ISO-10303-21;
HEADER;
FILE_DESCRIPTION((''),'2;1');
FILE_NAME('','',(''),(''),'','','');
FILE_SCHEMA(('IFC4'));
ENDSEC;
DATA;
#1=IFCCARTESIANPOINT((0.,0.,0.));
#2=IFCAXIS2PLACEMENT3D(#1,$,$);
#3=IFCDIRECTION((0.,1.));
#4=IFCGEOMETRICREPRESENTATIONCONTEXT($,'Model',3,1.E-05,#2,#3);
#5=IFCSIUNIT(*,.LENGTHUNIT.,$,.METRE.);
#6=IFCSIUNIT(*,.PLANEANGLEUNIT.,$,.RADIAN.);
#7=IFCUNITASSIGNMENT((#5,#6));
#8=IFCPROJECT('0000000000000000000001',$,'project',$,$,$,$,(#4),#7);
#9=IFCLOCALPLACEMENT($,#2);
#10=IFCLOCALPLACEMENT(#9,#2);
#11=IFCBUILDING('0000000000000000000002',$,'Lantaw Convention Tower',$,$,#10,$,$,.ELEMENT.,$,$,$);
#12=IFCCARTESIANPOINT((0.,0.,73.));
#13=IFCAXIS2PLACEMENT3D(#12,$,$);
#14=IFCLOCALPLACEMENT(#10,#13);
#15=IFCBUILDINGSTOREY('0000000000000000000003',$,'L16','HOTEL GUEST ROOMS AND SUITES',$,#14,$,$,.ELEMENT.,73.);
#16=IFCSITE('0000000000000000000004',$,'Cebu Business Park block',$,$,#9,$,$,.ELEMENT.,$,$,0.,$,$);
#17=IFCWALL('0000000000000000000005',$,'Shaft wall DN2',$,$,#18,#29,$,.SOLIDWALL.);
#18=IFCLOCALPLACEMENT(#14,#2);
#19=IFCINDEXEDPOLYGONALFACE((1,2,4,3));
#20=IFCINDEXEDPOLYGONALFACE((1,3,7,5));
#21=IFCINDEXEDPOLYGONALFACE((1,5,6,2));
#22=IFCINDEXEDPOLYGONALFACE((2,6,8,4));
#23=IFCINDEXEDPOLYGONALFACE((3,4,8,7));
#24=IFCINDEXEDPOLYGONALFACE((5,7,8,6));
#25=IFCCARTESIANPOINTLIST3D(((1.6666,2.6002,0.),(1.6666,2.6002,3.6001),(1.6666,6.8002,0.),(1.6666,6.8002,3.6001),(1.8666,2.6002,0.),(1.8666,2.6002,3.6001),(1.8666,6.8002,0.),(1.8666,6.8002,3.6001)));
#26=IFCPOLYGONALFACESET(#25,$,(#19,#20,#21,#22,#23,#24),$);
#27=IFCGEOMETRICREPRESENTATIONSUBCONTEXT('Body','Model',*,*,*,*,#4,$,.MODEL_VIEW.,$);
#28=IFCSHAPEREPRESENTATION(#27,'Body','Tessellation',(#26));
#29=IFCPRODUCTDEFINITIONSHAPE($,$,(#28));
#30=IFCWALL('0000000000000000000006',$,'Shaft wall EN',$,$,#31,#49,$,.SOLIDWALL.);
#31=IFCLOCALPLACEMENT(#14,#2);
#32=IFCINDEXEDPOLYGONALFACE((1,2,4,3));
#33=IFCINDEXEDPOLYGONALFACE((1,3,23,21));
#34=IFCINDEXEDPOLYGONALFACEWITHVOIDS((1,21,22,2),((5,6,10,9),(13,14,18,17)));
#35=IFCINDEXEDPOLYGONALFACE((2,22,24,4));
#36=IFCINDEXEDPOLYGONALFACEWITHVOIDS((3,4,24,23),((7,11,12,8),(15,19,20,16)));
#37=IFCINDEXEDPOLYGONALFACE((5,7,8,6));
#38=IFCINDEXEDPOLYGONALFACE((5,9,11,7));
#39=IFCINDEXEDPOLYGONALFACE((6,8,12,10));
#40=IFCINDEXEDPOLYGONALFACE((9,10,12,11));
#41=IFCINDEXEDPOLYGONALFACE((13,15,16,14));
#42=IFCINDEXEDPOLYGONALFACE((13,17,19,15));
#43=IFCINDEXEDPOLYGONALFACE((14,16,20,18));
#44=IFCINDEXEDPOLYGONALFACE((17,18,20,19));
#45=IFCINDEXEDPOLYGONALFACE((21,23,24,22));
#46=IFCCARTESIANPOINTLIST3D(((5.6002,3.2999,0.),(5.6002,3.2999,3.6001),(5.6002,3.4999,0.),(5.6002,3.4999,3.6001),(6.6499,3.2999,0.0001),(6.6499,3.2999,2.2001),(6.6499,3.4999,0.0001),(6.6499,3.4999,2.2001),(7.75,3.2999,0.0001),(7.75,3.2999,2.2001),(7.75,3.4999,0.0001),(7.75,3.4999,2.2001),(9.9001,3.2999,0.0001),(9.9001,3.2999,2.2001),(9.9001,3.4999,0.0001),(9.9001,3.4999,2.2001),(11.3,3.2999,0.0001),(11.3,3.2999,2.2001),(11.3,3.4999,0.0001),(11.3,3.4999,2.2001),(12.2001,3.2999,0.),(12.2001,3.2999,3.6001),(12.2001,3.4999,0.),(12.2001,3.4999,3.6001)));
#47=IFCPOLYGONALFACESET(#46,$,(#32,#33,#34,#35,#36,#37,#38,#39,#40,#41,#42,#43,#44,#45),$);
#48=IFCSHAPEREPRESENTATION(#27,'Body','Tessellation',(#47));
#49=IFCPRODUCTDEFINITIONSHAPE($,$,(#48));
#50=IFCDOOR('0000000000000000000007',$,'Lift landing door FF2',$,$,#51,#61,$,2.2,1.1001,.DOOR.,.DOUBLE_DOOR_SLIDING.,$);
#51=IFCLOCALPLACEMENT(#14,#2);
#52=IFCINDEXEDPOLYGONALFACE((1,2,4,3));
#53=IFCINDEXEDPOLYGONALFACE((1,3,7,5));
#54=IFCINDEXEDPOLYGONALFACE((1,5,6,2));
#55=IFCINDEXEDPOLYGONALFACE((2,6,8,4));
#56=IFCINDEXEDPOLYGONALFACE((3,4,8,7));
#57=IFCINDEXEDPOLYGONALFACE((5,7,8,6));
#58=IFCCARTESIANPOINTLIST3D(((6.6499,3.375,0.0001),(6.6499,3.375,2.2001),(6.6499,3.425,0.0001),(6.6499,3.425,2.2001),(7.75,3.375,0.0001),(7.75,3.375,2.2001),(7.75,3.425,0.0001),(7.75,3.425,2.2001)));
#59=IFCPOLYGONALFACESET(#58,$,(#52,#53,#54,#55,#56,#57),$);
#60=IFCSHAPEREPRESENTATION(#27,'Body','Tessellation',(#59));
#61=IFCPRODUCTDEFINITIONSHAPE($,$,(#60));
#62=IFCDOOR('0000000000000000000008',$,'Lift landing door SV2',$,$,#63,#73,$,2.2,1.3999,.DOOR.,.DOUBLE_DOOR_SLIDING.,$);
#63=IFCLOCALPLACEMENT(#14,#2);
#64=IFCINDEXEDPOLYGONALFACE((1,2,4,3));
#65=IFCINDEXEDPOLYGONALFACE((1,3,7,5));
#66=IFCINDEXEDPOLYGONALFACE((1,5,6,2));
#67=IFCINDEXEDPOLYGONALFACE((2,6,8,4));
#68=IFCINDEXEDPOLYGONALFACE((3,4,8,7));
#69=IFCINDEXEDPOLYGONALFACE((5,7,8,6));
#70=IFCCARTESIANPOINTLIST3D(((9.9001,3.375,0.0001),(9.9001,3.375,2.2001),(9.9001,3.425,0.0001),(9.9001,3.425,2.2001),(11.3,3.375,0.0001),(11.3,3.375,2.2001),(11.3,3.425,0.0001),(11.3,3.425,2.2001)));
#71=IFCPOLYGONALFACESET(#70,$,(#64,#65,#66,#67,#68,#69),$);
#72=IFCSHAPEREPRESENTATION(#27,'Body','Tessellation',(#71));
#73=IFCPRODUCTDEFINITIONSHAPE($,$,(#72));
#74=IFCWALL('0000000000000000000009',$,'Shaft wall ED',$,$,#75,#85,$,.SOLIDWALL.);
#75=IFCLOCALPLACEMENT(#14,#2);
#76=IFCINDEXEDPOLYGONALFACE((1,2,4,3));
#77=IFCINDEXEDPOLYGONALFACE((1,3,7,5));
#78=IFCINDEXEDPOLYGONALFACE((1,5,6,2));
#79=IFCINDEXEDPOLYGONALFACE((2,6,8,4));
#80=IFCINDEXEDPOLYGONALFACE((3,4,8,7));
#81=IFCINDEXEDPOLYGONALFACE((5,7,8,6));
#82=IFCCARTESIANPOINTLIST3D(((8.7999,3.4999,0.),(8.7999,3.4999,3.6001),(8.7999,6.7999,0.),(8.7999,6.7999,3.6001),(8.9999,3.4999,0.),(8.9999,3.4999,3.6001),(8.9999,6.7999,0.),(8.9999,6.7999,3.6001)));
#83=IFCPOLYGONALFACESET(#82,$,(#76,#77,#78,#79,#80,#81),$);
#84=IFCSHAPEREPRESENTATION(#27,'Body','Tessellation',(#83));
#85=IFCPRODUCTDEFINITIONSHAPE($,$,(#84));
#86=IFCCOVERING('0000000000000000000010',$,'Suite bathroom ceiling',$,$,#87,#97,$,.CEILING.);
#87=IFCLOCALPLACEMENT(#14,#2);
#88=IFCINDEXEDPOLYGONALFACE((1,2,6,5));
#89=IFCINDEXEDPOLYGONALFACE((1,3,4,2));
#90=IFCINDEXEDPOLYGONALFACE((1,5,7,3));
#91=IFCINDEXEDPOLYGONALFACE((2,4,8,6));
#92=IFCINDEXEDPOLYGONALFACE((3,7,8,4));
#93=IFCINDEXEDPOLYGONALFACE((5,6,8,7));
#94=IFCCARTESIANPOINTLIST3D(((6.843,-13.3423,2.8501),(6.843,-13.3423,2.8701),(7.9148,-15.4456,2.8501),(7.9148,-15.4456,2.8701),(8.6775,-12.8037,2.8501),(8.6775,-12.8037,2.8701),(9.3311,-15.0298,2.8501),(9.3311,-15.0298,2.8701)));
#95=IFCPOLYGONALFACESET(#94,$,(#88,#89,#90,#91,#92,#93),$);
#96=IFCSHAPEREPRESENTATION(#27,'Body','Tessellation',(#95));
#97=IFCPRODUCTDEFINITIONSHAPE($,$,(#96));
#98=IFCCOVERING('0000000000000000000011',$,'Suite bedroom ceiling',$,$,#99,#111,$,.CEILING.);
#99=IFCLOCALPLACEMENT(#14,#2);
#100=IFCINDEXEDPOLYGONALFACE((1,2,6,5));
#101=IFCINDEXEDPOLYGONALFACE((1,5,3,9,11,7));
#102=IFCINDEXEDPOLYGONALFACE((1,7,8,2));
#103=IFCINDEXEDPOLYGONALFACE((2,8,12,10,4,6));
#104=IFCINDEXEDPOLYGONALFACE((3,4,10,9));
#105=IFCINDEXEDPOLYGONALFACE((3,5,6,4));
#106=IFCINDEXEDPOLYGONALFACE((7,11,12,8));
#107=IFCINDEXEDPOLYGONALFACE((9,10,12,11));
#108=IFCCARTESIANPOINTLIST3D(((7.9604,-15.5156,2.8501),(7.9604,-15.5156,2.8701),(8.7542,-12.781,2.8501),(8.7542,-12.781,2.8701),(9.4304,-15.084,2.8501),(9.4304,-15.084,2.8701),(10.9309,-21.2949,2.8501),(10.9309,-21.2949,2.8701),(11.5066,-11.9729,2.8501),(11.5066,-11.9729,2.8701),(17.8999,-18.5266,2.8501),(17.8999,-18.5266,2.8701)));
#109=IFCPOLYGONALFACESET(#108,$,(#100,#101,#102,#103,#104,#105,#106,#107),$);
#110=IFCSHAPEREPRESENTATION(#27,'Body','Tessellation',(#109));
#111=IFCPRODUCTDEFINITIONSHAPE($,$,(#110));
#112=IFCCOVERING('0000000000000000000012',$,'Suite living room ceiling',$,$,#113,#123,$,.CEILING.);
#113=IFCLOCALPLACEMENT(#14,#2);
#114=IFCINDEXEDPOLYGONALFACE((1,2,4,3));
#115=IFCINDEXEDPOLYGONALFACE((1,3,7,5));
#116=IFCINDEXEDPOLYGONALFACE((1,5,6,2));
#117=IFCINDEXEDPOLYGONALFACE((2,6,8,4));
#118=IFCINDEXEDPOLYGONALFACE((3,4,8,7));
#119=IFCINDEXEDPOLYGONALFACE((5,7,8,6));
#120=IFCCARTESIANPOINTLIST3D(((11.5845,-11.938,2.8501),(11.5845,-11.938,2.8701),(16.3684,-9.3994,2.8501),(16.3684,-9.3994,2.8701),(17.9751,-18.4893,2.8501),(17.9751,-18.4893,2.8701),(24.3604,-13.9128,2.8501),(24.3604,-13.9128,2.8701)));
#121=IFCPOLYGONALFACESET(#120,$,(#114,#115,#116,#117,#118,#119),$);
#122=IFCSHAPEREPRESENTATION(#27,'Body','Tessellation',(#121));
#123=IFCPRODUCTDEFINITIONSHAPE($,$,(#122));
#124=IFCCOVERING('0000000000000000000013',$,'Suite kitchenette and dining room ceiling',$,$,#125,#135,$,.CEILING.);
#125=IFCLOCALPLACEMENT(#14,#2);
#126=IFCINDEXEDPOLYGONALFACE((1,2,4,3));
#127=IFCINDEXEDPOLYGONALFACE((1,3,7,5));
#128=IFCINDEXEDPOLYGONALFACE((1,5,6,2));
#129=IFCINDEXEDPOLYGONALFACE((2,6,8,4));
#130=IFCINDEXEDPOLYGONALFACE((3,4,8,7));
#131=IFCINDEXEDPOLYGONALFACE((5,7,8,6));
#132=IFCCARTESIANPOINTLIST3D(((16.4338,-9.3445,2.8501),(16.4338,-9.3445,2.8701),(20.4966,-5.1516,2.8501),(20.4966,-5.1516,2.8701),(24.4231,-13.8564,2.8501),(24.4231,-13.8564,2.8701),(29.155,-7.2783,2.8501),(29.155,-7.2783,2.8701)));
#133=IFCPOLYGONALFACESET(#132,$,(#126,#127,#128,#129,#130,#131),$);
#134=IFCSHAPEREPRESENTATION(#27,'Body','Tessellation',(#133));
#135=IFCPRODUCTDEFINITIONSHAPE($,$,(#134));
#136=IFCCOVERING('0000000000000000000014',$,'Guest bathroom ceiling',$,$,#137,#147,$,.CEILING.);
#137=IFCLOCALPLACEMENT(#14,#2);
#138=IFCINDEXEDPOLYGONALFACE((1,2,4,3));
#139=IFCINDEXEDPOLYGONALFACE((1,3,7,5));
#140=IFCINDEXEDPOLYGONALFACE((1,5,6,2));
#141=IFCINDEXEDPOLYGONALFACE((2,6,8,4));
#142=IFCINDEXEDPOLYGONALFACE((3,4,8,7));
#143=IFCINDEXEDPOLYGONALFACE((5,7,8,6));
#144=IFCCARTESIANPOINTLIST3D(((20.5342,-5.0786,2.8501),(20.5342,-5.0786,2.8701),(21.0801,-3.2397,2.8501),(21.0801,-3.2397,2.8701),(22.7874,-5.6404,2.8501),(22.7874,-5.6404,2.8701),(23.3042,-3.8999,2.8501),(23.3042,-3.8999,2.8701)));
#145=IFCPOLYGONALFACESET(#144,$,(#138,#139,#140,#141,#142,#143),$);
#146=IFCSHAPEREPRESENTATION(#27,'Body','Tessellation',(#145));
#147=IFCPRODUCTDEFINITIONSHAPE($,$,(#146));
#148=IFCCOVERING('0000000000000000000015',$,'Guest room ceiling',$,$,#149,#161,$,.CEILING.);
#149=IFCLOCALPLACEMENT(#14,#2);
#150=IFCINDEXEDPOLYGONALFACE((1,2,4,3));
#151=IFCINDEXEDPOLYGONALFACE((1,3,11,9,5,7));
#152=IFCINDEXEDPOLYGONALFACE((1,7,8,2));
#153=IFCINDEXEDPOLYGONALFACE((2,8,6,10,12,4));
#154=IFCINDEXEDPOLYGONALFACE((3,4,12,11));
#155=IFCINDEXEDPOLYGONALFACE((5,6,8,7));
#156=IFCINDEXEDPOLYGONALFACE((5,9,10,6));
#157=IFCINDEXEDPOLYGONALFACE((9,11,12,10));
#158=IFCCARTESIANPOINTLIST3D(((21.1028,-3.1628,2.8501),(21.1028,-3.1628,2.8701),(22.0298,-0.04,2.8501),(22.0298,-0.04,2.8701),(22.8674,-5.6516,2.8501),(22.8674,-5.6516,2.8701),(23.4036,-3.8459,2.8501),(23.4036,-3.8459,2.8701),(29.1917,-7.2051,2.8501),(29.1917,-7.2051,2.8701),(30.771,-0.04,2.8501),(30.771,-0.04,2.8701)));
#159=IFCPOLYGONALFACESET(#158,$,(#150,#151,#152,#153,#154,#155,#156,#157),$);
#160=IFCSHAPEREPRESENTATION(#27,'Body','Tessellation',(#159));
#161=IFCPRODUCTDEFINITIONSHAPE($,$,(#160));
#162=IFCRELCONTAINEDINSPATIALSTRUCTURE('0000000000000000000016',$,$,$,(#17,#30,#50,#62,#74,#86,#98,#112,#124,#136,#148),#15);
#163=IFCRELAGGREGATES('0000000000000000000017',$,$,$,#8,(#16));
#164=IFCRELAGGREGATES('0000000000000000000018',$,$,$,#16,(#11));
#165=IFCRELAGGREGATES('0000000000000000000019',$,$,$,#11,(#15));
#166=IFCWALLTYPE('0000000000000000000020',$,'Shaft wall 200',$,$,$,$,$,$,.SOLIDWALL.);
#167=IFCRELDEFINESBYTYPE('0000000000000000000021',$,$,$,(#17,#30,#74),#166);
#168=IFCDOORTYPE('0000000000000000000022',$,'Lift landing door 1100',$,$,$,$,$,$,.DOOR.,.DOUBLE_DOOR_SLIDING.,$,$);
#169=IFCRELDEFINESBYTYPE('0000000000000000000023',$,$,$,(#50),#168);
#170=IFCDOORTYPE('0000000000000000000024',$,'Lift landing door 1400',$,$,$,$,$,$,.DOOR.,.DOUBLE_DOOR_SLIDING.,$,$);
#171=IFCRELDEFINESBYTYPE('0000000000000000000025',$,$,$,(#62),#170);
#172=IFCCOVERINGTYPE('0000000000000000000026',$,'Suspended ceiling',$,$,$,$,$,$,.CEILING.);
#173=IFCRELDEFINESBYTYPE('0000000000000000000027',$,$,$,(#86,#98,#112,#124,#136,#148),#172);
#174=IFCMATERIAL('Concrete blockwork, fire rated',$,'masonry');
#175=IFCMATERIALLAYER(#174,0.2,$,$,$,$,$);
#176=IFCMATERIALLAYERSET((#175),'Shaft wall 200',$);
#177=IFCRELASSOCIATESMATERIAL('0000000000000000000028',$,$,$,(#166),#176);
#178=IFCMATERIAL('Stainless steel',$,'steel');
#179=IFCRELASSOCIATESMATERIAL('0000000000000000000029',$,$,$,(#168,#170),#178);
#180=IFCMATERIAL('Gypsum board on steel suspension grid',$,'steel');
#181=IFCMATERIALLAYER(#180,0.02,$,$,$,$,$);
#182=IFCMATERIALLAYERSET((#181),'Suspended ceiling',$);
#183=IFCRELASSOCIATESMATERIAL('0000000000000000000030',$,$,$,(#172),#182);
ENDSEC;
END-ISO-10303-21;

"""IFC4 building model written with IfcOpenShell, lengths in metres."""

from ifc_helpers import new_model, si_unit, direction, frame, frame_2d, origin, place, context, subcontext, project, spatial, polyline, rectangle, outline, extrude, material, layer, layer_set, type_object, element, fill, save


model = new_model("IFC4")

# Units and contexts
model_context = context("Model", 3, precision=1e-05, world=origin(), true_north=direction((0.0, 1.0)))
body_context = subcontext(model_context, "Body", "Model", "MODEL_VIEW")
ifc_project = project(units=[si_unit("LENGTHUNIT", "METRE"), si_unit("PLANEANGLEUNIT", "RADIAN")], contexts=[model_context])

# Site, building, storey
site_placement = place(None, origin())
site = spatial("IfcSite", under=ifc_project, at=site_placement, Name="Cebu Business Park block", CompositionType="ELEMENT", RefElevation=0.0)
building_placement = place(site_placement, origin())
building = spatial("IfcBuilding", under=site, at=building_placement, Name="Lantaw Convention Tower", CompositionType="ELEMENT")
storey_placement = place(building_placement, frame((0.0, 0.0, 73.0)))
storey = spatial("IfcBuildingStorey", under=building, at=storey_placement, Name="L16", Description="HOTEL GUEST ROOMS AND SUITES", CompositionType="ELEMENT", Elevation=73.0)

# Wall
ifc_material_1 = material(Name="Concrete blockwork, fire rated", Category="masonry")
ifc_layer_1 = layer(ifc_material_1, 0.2)
ifc_layer_set_1 = layer_set([ifc_layer_1], Name="Shaft wall 200")
wall_type_1 = type_object("IfcWallType", Name="Shaft wall 200", PredefinedType="SOLIDWALL", material=ifc_layer_set_1)
wall_1_placement = place(storey_placement, frame((1.7666, 2.6001, 0.0), z_axis=(0.0, 0.0, 1.0), x_axis=(0.0, 1.0, 0.0)))
element("IfcWall", 1, at=wall_1_placement, inside=storey, type_object=wall_type_1, Name="Shaft wall DN2", PredefinedType="SOLIDWALL", context=body_context, shape_type="SweptSolid", body=[
    extrude(rectangle(XDim=4.2, YDim=0.2, at=frame_2d((2.1001, 0.0))), origin(), (0.0, 0.0, 1.0), 3.6001),
])

# Wall, openings, doors
wall_2_placement = place(storey_placement, frame((12.2, 3.3999, 0.0), z_axis=(0.0, 0.0, 1.0), x_axis=(-1.0, 0.0, 0.0)))
wall_2 = element("IfcWall", 2, at=wall_2_placement, inside=storey, type_object=wall_type_1, Name="Shaft wall EN", PredefinedType="SOLIDWALL", context=body_context, shape_type="SweptSolid", body=[
    extrude(rectangle(XDim=6.5999, YDim=0.2, at=frame_2d((3.2998, 0.0))), origin(), (0.0, 0.0, 1.0), 3.6001),
])
opening_1_placement = place(wall_2_placement, frame((4.45, 0.0, 0.0)))
opening_1 = element("IfcOpeningElement", 3, at=opening_1_placement, cuts=wall_2, PredefinedType="OPENING", context=body_context, shape_type="SweptSolid", body=[
    extrude(rectangle(XDim=1.1001, YDim=2.2, at=frame_2d((0.55, 1.1001))), frame((0.0, 0.1099, 0.0), z_axis=(0.0, -1.0, 0.0), x_axis=(1.0, 0.0, 0.0)), (0.0, 0.0, 1.0), 0.22),
])
opening_2_placement = place(wall_2_placement, frame((0.8999, 0.0, 0.0)))
opening_2 = element("IfcOpeningElement", 4, at=opening_2_placement, cuts=wall_2, PredefinedType="OPENING", context=body_context, shape_type="SweptSolid", body=[
    extrude(rectangle(XDim=1.3999, YDim=2.2, at=frame_2d((0.7, 1.1001))), frame((0.0, 0.1099, 0.0), z_axis=(0.0, -1.0, 0.0), x_axis=(1.0, 0.0, 0.0)), (0.0, 0.0, 1.0), 0.22),
])
ifc_material_2 = material(Name="Stainless steel", Category="steel")
door_type_1 = type_object("IfcDoorType", Name="Lift landing door 1100", OperationType="DOUBLE_DOOR_SLIDING", PredefinedType="DOOR", material=ifc_material_2)
door_1_placement = place(opening_1_placement, origin())
door_1 = element("IfcDoor", 5, at=door_1_placement, inside=storey, type_object=door_type_1, Name="Lift landing door FF2", OperationType="DOUBLE_DOOR_SLIDING", OverallHeight=2.2, OverallWidth=1.1001, PredefinedType="DOOR", context=body_context, shape_type="SweptSolid", body=[
    extrude(rectangle(XDim=1.1001, YDim=2.2, at=frame_2d((0.55, 1.1001))), frame((0.0, 0.0249, 0.0), z_axis=(0.0, -1.0, 0.0), x_axis=(1.0, 0.0, 0.0)), (0.0, 0.0, 1.0), 0.05),
])
fill(opening_1, door_1)
door_type_2 = type_object("IfcDoorType", Name="Lift landing door 1400", OperationType="DOUBLE_DOOR_SLIDING", PredefinedType="DOOR", material=ifc_material_2)
door_2_placement = place(opening_2_placement, origin())
door_2 = element("IfcDoor", 6, at=door_2_placement, inside=storey, type_object=door_type_2, Name="Lift landing door SV2", OperationType="DOUBLE_DOOR_SLIDING", OverallHeight=2.2, OverallWidth=1.3999, PredefinedType="DOOR", context=body_context, shape_type="SweptSolid", body=[
    extrude(rectangle(XDim=1.3999, YDim=2.2, at=frame_2d((0.7, 1.1001))), frame((0.0, 0.0249, 0.0), z_axis=(0.0, -1.0, 0.0), x_axis=(1.0, 0.0, 0.0)), (0.0, 0.0, 1.0), 0.05),
])
fill(opening_2, door_2)

# Wall
wall_3_placement = place(storey_placement, frame((8.8999, 3.5, 0.0), z_axis=(0.0, 0.0, 1.0), x_axis=(0.0, 1.0, 0.0)))
element("IfcWall", 7, at=wall_3_placement, inside=storey, type_object=wall_type_1, Name="Shaft wall ED", PredefinedType="SOLIDWALL", context=body_context, shape_type="SweptSolid", body=[
    extrude(rectangle(XDim=3.3, YDim=0.2, at=frame_2d((1.6499, 0.0))), origin(), (0.0, 0.0, 1.0), 3.6001),
])

# Coverings
ifc_material_3 = material(Name="Gypsum board on steel suspension grid", Category="steel")
ifc_layer_2 = layer(ifc_material_3, 0.02)
ifc_layer_set_2 = layer_set([ifc_layer_2], Name="Suspended ceiling")
covering_type = type_object("IfcCoveringType", Name="Suspended ceiling", PredefinedType="CEILING", material=ifc_layer_set_2)
covering_1_placement = place(storey_placement, frame((0.0, 0.0, 2.8501)))
element("IfcCovering", 8, at=covering_1_placement, inside=storey, type_object=covering_type, Name="Suite bathroom ceiling", PredefinedType="CEILING", context=body_context, shape_type="SweptSolid", body=[
    extrude(outline(polyline([(6.843, -13.3423), (7.9148, -15.4456), (9.3311, -15.0298), (8.6775, -12.8037), (6.843, -13.3423)])), origin(), (0.0, 0.0, 1.0), 0.02),
])
covering_2_placement = place(storey_placement, frame((0.0, 0.0, 2.8501)))
element("IfcCovering", 9, at=covering_2_placement, inside=storey, type_object=covering_type, Name="Suite bedroom ceiling", PredefinedType="CEILING", context=body_context, shape_type="SweptSolid", body=[
    extrude(outline(polyline([(11.5066, -11.9729), (8.7542, -12.781), (9.4304, -15.084), (7.9604, -15.5156), (10.9309, -21.2949), (17.8999, -18.5266), (11.5066, -11.9729)])), origin(), (0.0, 0.0, 1.0), 0.02),
])
covering_3_placement = place(storey_placement, frame((0.0, 0.0, 2.8501)))
element("IfcCovering", 10, at=covering_3_placement, inside=storey, type_object=covering_type, Name="Suite living room ceiling", PredefinedType="CEILING", context=body_context, shape_type="SweptSolid", body=[
    extrude(outline(polyline([(11.5845, -11.938), (17.9751, -18.4893), (24.3604, -13.9128), (16.3684, -9.3994), (11.5845, -11.938)])), origin(), (0.0, 0.0, 1.0), 0.02),
])
covering_4_placement = place(storey_placement, frame((0.0, 0.0, 2.8501)))
element("IfcCovering", 11, at=covering_4_placement, inside=storey, type_object=covering_type, Name="Suite kitchenette and dining room ceiling", PredefinedType="CEILING", context=body_context, shape_type="SweptSolid", body=[
    extrude(outline(polyline([(16.4338, -9.3445), (24.4231, -13.8564), (29.155, -7.2783), (20.4966, -5.1516), (16.4338, -9.3445)])), origin(), (0.0, 0.0, 1.0), 0.02),
])
covering_5_placement = place(storey_placement, frame((0.0, 0.0, 2.8501)))
element("IfcCovering", 12, at=covering_5_placement, inside=storey, type_object=covering_type, Name="Guest bathroom ceiling", PredefinedType="CEILING", context=body_context, shape_type="SweptSolid", body=[
    extrude(outline(polyline([(20.5342, -5.0786), (22.7874, -5.6404), (23.3042, -3.8999), (21.0801, -3.2397), (20.5342, -5.0786)])), origin(), (0.0, 0.0, 1.0), 0.02),
])
covering_6_placement = place(storey_placement, frame((0.0, 0.0, 2.8501)))
element("IfcCovering", 13, at=covering_6_placement, inside=storey, type_object=covering_type, Name="Guest room ceiling", PredefinedType="CEILING", context=body_context, shape_type="SweptSolid", body=[
    extrude(outline(polyline([(22.0298, -0.04), (21.1028, -3.1628), (23.4036, -3.8459), (22.8674, -5.6516), (29.1917, -7.2051), (30.771, -0.04), (22.0298, -0.04)])), origin(), (0.0, 0.0, 1.0), 0.02),
])

save(model, "model.ifc")
